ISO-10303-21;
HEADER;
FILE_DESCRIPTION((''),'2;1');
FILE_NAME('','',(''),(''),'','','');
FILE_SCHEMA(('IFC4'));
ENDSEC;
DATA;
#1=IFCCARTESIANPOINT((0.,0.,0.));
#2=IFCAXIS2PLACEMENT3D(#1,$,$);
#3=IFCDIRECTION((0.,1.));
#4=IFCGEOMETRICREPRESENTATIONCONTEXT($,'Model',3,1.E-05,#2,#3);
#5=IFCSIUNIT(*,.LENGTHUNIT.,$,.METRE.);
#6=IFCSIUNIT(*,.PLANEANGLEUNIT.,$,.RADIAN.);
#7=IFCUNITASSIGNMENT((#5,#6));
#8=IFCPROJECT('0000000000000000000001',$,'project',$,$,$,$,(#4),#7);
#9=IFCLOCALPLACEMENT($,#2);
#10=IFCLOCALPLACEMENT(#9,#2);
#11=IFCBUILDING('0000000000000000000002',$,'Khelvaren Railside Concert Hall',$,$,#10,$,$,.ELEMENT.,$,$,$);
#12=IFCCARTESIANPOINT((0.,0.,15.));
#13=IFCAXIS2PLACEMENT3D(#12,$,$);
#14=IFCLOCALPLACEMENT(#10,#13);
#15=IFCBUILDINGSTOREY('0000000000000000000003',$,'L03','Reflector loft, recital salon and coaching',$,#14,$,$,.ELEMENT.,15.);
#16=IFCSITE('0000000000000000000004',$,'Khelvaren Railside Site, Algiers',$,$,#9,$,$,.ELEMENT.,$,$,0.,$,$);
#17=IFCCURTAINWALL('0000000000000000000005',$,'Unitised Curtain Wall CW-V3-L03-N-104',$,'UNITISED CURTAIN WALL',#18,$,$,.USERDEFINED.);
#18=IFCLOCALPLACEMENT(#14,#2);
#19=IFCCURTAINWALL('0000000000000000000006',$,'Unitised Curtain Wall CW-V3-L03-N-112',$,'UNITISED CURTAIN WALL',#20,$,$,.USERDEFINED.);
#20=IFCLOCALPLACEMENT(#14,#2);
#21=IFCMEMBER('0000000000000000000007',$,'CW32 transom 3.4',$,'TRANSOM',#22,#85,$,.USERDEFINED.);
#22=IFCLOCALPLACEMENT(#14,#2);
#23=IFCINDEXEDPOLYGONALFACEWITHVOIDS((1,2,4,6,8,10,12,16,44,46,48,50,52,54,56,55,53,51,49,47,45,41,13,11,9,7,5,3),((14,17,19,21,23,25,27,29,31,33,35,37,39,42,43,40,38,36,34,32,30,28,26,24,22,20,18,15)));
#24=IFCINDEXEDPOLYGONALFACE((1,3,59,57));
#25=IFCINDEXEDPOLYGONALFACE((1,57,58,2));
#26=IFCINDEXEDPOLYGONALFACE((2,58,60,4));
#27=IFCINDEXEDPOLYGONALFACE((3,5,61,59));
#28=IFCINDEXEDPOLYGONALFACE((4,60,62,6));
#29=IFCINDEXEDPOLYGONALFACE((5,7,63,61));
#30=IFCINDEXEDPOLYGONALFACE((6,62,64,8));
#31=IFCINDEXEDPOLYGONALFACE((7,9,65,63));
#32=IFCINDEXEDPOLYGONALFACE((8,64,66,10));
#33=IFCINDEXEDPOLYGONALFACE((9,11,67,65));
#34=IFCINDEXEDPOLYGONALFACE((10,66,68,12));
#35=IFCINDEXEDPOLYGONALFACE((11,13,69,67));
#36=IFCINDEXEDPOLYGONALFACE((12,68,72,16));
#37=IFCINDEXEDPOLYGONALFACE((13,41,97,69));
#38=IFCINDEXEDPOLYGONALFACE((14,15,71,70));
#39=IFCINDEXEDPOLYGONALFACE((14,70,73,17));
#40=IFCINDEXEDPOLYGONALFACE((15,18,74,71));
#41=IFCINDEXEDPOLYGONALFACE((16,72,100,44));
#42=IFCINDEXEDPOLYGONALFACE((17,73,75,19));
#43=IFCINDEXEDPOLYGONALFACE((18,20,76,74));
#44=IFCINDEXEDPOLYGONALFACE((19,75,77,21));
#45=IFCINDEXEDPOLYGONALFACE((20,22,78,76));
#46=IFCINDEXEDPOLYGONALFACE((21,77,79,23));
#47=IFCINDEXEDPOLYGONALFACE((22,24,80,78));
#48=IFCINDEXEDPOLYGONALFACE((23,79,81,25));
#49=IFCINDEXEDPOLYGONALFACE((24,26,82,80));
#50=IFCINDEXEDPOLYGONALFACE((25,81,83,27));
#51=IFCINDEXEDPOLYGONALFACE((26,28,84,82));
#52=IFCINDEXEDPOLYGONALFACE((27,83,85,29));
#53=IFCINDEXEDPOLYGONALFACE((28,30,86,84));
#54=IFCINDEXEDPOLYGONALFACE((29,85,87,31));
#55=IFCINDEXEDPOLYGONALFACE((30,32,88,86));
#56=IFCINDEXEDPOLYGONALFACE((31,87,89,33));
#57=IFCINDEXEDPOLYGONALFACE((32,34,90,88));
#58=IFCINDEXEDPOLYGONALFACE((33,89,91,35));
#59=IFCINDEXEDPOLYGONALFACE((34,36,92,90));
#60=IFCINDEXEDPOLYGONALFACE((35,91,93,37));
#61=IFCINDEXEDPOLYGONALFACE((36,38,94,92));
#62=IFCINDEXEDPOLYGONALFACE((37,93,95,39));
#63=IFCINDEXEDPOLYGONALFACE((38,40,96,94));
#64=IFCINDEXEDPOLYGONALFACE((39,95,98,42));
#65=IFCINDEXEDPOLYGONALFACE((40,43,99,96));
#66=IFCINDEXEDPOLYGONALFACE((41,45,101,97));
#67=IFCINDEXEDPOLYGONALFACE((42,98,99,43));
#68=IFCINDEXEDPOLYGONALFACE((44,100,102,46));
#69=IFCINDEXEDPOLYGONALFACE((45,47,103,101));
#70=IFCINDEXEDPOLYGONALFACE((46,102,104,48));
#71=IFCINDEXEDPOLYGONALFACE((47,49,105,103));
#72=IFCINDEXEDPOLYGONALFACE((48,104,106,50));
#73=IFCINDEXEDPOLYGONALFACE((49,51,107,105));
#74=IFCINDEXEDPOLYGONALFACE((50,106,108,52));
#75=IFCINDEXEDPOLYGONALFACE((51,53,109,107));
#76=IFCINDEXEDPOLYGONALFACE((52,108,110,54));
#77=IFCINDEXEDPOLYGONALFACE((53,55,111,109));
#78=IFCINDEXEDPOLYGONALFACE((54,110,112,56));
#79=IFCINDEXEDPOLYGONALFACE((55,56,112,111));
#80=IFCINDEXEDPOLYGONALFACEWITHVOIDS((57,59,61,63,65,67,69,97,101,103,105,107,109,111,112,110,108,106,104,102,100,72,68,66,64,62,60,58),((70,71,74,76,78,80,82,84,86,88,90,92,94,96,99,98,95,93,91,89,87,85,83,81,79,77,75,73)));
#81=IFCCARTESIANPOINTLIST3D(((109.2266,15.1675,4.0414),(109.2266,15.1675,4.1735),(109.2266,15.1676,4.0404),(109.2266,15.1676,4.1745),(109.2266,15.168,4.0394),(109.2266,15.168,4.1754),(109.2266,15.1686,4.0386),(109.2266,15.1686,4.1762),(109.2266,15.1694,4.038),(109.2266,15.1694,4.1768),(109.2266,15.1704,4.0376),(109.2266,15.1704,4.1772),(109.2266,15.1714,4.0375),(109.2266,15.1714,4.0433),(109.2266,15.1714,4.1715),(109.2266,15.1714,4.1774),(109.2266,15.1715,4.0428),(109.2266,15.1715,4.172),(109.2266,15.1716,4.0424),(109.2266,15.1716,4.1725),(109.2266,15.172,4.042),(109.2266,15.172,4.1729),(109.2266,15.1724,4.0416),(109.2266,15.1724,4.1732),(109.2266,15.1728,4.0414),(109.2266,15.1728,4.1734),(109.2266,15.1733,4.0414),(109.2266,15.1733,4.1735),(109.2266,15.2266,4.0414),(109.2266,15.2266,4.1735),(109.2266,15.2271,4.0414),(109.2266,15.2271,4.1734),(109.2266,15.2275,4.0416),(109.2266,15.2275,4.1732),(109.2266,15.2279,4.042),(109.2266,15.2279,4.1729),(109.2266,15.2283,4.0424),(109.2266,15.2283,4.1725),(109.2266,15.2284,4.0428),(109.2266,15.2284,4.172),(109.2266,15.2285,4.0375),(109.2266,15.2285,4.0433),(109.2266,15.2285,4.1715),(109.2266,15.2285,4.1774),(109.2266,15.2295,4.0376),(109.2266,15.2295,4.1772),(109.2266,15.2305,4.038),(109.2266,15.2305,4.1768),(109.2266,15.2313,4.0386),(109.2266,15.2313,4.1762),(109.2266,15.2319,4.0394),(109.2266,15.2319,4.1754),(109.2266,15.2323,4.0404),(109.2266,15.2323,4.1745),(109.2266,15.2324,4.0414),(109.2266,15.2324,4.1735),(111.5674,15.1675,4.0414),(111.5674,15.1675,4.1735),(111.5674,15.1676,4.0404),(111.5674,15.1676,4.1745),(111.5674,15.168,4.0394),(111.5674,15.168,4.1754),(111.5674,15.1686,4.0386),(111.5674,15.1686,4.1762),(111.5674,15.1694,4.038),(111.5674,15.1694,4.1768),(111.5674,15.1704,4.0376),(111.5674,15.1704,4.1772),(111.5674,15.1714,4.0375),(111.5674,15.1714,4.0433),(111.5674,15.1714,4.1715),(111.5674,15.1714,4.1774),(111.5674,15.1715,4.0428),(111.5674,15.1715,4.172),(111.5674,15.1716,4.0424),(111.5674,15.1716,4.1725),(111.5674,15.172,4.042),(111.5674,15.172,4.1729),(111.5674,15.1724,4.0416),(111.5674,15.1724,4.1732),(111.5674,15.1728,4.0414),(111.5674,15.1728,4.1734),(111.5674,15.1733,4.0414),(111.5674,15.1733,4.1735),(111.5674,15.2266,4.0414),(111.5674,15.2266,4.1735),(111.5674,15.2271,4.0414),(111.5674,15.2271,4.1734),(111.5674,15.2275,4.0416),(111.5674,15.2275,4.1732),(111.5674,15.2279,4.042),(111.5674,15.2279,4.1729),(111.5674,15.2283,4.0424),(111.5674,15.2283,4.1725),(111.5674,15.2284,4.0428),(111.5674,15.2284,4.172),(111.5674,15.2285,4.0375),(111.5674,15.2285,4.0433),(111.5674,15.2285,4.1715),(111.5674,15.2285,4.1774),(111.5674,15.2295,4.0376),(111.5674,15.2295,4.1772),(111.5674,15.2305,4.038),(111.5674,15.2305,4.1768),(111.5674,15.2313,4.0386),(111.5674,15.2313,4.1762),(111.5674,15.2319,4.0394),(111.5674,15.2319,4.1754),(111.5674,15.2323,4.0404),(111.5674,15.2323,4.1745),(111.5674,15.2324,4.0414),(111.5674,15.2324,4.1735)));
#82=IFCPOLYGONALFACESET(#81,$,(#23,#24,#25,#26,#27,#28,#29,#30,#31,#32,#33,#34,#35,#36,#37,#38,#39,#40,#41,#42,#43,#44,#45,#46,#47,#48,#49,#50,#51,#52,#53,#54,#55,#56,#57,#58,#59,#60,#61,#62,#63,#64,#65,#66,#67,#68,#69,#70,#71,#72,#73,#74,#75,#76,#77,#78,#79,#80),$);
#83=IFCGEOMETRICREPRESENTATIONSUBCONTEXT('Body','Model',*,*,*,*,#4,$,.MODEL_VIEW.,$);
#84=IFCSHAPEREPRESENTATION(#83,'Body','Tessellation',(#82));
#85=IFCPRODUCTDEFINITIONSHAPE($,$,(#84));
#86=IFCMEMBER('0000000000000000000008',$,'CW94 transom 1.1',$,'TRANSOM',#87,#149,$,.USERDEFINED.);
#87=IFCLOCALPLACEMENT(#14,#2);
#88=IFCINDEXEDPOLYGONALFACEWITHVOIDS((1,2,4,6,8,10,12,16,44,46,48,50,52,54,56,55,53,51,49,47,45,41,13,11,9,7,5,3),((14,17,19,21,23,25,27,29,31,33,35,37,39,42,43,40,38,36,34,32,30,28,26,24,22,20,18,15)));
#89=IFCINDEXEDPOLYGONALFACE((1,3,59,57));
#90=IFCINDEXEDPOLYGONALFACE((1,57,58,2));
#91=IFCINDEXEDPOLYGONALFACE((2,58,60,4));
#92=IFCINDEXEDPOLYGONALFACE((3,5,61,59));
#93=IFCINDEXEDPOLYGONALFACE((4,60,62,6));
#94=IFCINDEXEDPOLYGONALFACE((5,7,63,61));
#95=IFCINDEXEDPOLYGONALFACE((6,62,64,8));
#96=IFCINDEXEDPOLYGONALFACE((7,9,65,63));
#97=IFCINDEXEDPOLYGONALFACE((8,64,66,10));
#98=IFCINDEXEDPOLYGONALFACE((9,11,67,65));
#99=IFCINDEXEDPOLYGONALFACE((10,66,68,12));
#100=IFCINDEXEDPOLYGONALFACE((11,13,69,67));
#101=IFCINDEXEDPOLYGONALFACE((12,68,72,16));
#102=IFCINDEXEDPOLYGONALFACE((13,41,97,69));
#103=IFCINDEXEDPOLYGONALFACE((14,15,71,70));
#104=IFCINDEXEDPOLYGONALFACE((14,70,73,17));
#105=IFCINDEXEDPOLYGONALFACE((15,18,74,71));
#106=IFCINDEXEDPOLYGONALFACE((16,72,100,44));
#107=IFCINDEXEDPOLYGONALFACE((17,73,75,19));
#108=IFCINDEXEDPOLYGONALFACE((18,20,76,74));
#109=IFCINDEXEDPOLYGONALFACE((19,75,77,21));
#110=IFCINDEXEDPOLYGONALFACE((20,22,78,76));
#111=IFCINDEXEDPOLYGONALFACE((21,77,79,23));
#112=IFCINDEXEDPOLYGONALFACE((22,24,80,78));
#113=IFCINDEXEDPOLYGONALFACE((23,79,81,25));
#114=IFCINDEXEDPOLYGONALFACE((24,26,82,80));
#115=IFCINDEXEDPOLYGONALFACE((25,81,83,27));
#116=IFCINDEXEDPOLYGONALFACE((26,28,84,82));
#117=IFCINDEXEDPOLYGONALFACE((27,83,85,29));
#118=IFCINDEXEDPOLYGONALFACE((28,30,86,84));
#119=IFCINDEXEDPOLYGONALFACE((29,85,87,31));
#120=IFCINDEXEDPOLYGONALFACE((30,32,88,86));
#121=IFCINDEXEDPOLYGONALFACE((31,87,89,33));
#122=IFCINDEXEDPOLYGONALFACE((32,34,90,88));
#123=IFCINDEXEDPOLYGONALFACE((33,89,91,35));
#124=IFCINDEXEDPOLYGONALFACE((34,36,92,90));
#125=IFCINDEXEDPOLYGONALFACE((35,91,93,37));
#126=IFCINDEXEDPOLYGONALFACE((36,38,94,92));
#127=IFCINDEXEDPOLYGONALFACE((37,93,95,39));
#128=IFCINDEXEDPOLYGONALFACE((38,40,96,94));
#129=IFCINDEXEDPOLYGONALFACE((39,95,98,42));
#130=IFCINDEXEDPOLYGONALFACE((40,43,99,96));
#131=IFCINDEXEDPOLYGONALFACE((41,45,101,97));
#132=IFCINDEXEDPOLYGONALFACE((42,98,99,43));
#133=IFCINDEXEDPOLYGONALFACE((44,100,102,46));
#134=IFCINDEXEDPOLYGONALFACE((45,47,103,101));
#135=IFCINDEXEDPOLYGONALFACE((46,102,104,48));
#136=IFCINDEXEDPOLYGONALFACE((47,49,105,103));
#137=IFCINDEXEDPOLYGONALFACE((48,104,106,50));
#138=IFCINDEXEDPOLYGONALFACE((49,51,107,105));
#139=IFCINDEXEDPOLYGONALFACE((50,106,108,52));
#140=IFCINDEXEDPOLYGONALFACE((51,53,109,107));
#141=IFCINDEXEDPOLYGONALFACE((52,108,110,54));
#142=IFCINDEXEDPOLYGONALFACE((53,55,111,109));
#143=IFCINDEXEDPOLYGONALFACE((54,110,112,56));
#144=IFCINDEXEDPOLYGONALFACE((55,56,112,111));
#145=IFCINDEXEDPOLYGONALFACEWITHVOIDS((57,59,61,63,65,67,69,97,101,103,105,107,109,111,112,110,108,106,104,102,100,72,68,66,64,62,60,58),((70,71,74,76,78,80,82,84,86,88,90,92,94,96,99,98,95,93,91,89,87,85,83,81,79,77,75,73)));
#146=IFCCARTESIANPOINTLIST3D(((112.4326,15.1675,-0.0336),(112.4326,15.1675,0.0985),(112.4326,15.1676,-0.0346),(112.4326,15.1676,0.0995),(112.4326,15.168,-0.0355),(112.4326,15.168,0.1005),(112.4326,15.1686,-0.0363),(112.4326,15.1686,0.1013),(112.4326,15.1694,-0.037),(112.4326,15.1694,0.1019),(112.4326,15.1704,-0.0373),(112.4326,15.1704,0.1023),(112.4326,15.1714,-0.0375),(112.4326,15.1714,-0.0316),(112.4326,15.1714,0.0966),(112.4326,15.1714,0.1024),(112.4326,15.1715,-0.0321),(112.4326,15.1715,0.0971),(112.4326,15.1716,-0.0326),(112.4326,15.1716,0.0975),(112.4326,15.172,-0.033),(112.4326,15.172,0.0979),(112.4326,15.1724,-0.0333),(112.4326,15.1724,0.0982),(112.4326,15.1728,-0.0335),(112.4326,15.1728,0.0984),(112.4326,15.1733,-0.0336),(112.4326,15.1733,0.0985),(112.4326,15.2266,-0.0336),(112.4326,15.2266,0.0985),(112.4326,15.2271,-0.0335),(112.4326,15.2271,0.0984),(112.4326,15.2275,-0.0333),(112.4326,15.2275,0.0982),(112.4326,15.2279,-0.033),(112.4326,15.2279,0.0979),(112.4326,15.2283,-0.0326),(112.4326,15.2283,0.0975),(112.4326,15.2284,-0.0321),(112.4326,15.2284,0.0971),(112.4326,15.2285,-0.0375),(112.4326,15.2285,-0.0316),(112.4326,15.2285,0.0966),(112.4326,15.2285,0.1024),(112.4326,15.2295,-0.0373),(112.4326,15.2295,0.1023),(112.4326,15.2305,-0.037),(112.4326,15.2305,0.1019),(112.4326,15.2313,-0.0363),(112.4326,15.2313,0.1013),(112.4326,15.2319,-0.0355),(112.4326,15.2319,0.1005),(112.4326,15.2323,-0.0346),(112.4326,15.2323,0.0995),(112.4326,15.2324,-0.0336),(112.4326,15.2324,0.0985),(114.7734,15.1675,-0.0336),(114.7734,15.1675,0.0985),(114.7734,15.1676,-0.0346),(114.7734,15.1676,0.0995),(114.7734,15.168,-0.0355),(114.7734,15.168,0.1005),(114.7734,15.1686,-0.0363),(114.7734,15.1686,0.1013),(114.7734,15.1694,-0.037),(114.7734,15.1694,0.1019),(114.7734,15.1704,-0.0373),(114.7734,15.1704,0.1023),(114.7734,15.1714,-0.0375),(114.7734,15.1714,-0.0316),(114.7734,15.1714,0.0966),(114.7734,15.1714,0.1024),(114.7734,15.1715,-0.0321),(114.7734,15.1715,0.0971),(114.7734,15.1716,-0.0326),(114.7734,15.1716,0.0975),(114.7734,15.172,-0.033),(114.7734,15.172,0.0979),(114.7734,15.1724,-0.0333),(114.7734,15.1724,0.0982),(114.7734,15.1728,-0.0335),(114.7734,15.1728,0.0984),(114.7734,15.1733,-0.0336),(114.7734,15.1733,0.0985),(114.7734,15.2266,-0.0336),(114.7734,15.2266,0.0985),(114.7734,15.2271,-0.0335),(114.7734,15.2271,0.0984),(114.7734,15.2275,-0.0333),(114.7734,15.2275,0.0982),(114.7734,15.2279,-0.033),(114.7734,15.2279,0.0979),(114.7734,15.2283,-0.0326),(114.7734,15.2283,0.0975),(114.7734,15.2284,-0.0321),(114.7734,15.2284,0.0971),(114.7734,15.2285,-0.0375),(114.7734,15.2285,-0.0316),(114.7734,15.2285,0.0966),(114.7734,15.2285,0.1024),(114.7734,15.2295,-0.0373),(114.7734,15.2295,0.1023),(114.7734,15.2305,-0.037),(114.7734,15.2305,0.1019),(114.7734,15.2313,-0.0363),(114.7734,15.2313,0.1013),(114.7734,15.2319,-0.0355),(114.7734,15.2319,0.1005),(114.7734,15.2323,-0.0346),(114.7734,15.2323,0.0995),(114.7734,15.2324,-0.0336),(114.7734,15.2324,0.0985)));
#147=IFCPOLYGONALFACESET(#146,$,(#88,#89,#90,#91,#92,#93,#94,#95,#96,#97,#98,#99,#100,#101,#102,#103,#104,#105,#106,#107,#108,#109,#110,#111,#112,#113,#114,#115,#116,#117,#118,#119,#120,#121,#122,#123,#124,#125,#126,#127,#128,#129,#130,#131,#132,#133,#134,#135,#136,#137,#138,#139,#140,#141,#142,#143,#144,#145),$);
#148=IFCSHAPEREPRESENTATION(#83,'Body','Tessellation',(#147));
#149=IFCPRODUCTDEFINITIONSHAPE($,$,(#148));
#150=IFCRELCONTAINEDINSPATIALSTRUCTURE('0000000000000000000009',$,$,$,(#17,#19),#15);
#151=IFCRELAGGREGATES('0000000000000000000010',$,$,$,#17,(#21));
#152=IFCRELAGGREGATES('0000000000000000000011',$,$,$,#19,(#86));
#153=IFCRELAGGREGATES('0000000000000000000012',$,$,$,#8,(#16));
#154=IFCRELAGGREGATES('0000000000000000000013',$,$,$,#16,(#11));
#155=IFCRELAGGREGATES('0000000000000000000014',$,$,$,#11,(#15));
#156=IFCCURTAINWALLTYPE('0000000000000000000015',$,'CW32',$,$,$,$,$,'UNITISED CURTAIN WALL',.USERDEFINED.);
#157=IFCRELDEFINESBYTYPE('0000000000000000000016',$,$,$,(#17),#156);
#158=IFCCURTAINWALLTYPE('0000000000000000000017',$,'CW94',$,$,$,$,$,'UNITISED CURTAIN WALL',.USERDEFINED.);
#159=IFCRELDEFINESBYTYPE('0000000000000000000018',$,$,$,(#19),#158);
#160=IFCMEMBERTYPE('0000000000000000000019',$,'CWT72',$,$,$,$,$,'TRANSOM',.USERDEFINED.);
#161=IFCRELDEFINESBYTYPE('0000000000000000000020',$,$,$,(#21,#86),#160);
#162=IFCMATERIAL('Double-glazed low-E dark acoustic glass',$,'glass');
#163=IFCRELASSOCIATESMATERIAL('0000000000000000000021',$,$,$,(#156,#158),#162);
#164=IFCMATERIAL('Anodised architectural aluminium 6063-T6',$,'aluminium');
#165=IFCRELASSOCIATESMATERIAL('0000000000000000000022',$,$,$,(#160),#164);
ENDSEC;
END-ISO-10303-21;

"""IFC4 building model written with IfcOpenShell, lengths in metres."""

from ifc_helpers import new_model, si_unit, direction, frame, origin, origin_2d, place, context, subcontext, project, spatial, hollow_rectangle, extrude, material, material_profile, profile_set, type_object, element, aggregate, save


model = new_model("IFC4")

# Units and contexts
model_context = context("Model", 3, precision=1e-05, world=origin(), true_north=direction((0.0, 1.0)))
body_context = subcontext(model_context, "Body", "Model", "MODEL_VIEW")
ifc_project = project(units=[si_unit("LENGTHUNIT", "METRE"), si_unit("PLANEANGLEUNIT", "RADIAN")], contexts=[model_context])

# Site, building, storey
site_placement = place(None, origin())
site = spatial("IfcSite", under=ifc_project, at=site_placement, Name="Khelvaren Railside Site, Algiers", CompositionType="ELEMENT", RefElevation=0.0)
building_placement = place(site_placement, origin())
building = spatial("IfcBuilding", under=site, at=building_placement, Name="Khelvaren Railside Concert Hall", CompositionType="ELEMENT")
storey_placement = place(building_placement, frame((0.0, 0.0, 15.0)))
storey = spatial("IfcBuildingStorey", under=building, at=storey_placement, Name="L03", Description="Reflector loft, recital salon and coaching", CompositionType="ELEMENT", Elevation=15.0)

# Curtain walls
ifc_material_1 = material(Name="Double-glazed low-E dark acoustic glass", Category="glass")
curtain_wall_type_1 = type_object("IfcCurtainWallType", Name="CW32", ElementType="UNITISED CURTAIN WALL", PredefinedType="USERDEFINED", material=ifc_material_1)
curtain_wall_1_placement = place(storey_placement, origin())
curtain_wall_1 = element("IfcCurtainWall", 1, at=curtain_wall_1_placement, inside=storey, type_object=curtain_wall_type_1, Name="Unitised Curtain Wall CW-V3-L03-N-104", ObjectType="UNITISED CURTAIN WALL", PredefinedType="USERDEFINED")
ifc_material_2 = material(Name="Anodised architectural aluminium 6063-T6", Category="aluminium")
curtain_wall_type_2 = type_object("IfcCurtainWallType", Name="CW94", ElementType="UNITISED CURTAIN WALL", PredefinedType="USERDEFINED", material=ifc_material_1)
curtain_wall_2_placement = place(storey_placement, origin())
curtain_wall_2 = element("IfcCurtainWall", 2, at=curtain_wall_2_placement, inside=storey, type_object=curtain_wall_type_2, Name="Unitised Curtain Wall CW-V3-L03-N-112", ObjectType="UNITISED CURTAIN WALL", PredefinedType="USERDEFINED")

# Members
ifc_material_profile_1 = material_profile(ifc_material_2, hollow_rectangle(XDim=0.0649, YDim=0.1399, WallThickness=0.0039, InnerFilletRadius=0.002, OuterFilletRadius=0.0039, at=origin_2d()), Name="CWT 65x140x4")
ifc_profile_set_1 = profile_set([ifc_material_profile_1], Name="Anodised architectural aluminium 6063-T6")
member_type_1 = type_object("IfcMemberType", Name="CWT72", ElementType="TRANSOM", PredefinedType="USERDEFINED", material=ifc_profile_set_1)
member_1_placement = place(storey_placement, frame((109.2266, 15.2, 4.1074), z_axis=(1.0, 0.0, 0.0), x_axis=(0.0, 1.0, 0.0)))
member_1 = element("IfcMember", 3, at=member_1_placement, type_object=member_type_1, Name="CW32 transom 3.4", ObjectType="TRANSOM", PredefinedType="USERDEFINED", context=body_context, shape_type="SweptSolid", body=[
    extrude(hollow_rectangle(XDim=0.0649, YDim=0.1399, WallThickness=0.0039, InnerFilletRadius=0.002, OuterFilletRadius=0.0039, at=origin_2d()), origin(), (0.0, 0.0, 1.0), 2.3408),
])
member_2_placement = place(storey_placement, frame((112.4326, 15.2, 0.0325), z_axis=(1.0, 0.0, 0.0), x_axis=(0.0, 1.0, 0.0)))
member_2 = element("IfcMember", 4, at=member_2_placement, type_object=member_type_1, Name="CW94 transom 1.1", ObjectType="TRANSOM", PredefinedType="USERDEFINED", context=body_context, shape_type="SweptSolid", body=[
    extrude(hollow_rectangle(XDim=0.0649, YDim=0.1399, WallThickness=0.0039, InnerFilletRadius=0.002, OuterFilletRadius=0.0039, at=origin_2d()), origin(), (0.0, 0.0, 1.0), 2.3408),
])

aggregate(curtain_wall_1, [member_1])
aggregate(curtain_wall_2, [member_2])

save(model, "model.ifc")
